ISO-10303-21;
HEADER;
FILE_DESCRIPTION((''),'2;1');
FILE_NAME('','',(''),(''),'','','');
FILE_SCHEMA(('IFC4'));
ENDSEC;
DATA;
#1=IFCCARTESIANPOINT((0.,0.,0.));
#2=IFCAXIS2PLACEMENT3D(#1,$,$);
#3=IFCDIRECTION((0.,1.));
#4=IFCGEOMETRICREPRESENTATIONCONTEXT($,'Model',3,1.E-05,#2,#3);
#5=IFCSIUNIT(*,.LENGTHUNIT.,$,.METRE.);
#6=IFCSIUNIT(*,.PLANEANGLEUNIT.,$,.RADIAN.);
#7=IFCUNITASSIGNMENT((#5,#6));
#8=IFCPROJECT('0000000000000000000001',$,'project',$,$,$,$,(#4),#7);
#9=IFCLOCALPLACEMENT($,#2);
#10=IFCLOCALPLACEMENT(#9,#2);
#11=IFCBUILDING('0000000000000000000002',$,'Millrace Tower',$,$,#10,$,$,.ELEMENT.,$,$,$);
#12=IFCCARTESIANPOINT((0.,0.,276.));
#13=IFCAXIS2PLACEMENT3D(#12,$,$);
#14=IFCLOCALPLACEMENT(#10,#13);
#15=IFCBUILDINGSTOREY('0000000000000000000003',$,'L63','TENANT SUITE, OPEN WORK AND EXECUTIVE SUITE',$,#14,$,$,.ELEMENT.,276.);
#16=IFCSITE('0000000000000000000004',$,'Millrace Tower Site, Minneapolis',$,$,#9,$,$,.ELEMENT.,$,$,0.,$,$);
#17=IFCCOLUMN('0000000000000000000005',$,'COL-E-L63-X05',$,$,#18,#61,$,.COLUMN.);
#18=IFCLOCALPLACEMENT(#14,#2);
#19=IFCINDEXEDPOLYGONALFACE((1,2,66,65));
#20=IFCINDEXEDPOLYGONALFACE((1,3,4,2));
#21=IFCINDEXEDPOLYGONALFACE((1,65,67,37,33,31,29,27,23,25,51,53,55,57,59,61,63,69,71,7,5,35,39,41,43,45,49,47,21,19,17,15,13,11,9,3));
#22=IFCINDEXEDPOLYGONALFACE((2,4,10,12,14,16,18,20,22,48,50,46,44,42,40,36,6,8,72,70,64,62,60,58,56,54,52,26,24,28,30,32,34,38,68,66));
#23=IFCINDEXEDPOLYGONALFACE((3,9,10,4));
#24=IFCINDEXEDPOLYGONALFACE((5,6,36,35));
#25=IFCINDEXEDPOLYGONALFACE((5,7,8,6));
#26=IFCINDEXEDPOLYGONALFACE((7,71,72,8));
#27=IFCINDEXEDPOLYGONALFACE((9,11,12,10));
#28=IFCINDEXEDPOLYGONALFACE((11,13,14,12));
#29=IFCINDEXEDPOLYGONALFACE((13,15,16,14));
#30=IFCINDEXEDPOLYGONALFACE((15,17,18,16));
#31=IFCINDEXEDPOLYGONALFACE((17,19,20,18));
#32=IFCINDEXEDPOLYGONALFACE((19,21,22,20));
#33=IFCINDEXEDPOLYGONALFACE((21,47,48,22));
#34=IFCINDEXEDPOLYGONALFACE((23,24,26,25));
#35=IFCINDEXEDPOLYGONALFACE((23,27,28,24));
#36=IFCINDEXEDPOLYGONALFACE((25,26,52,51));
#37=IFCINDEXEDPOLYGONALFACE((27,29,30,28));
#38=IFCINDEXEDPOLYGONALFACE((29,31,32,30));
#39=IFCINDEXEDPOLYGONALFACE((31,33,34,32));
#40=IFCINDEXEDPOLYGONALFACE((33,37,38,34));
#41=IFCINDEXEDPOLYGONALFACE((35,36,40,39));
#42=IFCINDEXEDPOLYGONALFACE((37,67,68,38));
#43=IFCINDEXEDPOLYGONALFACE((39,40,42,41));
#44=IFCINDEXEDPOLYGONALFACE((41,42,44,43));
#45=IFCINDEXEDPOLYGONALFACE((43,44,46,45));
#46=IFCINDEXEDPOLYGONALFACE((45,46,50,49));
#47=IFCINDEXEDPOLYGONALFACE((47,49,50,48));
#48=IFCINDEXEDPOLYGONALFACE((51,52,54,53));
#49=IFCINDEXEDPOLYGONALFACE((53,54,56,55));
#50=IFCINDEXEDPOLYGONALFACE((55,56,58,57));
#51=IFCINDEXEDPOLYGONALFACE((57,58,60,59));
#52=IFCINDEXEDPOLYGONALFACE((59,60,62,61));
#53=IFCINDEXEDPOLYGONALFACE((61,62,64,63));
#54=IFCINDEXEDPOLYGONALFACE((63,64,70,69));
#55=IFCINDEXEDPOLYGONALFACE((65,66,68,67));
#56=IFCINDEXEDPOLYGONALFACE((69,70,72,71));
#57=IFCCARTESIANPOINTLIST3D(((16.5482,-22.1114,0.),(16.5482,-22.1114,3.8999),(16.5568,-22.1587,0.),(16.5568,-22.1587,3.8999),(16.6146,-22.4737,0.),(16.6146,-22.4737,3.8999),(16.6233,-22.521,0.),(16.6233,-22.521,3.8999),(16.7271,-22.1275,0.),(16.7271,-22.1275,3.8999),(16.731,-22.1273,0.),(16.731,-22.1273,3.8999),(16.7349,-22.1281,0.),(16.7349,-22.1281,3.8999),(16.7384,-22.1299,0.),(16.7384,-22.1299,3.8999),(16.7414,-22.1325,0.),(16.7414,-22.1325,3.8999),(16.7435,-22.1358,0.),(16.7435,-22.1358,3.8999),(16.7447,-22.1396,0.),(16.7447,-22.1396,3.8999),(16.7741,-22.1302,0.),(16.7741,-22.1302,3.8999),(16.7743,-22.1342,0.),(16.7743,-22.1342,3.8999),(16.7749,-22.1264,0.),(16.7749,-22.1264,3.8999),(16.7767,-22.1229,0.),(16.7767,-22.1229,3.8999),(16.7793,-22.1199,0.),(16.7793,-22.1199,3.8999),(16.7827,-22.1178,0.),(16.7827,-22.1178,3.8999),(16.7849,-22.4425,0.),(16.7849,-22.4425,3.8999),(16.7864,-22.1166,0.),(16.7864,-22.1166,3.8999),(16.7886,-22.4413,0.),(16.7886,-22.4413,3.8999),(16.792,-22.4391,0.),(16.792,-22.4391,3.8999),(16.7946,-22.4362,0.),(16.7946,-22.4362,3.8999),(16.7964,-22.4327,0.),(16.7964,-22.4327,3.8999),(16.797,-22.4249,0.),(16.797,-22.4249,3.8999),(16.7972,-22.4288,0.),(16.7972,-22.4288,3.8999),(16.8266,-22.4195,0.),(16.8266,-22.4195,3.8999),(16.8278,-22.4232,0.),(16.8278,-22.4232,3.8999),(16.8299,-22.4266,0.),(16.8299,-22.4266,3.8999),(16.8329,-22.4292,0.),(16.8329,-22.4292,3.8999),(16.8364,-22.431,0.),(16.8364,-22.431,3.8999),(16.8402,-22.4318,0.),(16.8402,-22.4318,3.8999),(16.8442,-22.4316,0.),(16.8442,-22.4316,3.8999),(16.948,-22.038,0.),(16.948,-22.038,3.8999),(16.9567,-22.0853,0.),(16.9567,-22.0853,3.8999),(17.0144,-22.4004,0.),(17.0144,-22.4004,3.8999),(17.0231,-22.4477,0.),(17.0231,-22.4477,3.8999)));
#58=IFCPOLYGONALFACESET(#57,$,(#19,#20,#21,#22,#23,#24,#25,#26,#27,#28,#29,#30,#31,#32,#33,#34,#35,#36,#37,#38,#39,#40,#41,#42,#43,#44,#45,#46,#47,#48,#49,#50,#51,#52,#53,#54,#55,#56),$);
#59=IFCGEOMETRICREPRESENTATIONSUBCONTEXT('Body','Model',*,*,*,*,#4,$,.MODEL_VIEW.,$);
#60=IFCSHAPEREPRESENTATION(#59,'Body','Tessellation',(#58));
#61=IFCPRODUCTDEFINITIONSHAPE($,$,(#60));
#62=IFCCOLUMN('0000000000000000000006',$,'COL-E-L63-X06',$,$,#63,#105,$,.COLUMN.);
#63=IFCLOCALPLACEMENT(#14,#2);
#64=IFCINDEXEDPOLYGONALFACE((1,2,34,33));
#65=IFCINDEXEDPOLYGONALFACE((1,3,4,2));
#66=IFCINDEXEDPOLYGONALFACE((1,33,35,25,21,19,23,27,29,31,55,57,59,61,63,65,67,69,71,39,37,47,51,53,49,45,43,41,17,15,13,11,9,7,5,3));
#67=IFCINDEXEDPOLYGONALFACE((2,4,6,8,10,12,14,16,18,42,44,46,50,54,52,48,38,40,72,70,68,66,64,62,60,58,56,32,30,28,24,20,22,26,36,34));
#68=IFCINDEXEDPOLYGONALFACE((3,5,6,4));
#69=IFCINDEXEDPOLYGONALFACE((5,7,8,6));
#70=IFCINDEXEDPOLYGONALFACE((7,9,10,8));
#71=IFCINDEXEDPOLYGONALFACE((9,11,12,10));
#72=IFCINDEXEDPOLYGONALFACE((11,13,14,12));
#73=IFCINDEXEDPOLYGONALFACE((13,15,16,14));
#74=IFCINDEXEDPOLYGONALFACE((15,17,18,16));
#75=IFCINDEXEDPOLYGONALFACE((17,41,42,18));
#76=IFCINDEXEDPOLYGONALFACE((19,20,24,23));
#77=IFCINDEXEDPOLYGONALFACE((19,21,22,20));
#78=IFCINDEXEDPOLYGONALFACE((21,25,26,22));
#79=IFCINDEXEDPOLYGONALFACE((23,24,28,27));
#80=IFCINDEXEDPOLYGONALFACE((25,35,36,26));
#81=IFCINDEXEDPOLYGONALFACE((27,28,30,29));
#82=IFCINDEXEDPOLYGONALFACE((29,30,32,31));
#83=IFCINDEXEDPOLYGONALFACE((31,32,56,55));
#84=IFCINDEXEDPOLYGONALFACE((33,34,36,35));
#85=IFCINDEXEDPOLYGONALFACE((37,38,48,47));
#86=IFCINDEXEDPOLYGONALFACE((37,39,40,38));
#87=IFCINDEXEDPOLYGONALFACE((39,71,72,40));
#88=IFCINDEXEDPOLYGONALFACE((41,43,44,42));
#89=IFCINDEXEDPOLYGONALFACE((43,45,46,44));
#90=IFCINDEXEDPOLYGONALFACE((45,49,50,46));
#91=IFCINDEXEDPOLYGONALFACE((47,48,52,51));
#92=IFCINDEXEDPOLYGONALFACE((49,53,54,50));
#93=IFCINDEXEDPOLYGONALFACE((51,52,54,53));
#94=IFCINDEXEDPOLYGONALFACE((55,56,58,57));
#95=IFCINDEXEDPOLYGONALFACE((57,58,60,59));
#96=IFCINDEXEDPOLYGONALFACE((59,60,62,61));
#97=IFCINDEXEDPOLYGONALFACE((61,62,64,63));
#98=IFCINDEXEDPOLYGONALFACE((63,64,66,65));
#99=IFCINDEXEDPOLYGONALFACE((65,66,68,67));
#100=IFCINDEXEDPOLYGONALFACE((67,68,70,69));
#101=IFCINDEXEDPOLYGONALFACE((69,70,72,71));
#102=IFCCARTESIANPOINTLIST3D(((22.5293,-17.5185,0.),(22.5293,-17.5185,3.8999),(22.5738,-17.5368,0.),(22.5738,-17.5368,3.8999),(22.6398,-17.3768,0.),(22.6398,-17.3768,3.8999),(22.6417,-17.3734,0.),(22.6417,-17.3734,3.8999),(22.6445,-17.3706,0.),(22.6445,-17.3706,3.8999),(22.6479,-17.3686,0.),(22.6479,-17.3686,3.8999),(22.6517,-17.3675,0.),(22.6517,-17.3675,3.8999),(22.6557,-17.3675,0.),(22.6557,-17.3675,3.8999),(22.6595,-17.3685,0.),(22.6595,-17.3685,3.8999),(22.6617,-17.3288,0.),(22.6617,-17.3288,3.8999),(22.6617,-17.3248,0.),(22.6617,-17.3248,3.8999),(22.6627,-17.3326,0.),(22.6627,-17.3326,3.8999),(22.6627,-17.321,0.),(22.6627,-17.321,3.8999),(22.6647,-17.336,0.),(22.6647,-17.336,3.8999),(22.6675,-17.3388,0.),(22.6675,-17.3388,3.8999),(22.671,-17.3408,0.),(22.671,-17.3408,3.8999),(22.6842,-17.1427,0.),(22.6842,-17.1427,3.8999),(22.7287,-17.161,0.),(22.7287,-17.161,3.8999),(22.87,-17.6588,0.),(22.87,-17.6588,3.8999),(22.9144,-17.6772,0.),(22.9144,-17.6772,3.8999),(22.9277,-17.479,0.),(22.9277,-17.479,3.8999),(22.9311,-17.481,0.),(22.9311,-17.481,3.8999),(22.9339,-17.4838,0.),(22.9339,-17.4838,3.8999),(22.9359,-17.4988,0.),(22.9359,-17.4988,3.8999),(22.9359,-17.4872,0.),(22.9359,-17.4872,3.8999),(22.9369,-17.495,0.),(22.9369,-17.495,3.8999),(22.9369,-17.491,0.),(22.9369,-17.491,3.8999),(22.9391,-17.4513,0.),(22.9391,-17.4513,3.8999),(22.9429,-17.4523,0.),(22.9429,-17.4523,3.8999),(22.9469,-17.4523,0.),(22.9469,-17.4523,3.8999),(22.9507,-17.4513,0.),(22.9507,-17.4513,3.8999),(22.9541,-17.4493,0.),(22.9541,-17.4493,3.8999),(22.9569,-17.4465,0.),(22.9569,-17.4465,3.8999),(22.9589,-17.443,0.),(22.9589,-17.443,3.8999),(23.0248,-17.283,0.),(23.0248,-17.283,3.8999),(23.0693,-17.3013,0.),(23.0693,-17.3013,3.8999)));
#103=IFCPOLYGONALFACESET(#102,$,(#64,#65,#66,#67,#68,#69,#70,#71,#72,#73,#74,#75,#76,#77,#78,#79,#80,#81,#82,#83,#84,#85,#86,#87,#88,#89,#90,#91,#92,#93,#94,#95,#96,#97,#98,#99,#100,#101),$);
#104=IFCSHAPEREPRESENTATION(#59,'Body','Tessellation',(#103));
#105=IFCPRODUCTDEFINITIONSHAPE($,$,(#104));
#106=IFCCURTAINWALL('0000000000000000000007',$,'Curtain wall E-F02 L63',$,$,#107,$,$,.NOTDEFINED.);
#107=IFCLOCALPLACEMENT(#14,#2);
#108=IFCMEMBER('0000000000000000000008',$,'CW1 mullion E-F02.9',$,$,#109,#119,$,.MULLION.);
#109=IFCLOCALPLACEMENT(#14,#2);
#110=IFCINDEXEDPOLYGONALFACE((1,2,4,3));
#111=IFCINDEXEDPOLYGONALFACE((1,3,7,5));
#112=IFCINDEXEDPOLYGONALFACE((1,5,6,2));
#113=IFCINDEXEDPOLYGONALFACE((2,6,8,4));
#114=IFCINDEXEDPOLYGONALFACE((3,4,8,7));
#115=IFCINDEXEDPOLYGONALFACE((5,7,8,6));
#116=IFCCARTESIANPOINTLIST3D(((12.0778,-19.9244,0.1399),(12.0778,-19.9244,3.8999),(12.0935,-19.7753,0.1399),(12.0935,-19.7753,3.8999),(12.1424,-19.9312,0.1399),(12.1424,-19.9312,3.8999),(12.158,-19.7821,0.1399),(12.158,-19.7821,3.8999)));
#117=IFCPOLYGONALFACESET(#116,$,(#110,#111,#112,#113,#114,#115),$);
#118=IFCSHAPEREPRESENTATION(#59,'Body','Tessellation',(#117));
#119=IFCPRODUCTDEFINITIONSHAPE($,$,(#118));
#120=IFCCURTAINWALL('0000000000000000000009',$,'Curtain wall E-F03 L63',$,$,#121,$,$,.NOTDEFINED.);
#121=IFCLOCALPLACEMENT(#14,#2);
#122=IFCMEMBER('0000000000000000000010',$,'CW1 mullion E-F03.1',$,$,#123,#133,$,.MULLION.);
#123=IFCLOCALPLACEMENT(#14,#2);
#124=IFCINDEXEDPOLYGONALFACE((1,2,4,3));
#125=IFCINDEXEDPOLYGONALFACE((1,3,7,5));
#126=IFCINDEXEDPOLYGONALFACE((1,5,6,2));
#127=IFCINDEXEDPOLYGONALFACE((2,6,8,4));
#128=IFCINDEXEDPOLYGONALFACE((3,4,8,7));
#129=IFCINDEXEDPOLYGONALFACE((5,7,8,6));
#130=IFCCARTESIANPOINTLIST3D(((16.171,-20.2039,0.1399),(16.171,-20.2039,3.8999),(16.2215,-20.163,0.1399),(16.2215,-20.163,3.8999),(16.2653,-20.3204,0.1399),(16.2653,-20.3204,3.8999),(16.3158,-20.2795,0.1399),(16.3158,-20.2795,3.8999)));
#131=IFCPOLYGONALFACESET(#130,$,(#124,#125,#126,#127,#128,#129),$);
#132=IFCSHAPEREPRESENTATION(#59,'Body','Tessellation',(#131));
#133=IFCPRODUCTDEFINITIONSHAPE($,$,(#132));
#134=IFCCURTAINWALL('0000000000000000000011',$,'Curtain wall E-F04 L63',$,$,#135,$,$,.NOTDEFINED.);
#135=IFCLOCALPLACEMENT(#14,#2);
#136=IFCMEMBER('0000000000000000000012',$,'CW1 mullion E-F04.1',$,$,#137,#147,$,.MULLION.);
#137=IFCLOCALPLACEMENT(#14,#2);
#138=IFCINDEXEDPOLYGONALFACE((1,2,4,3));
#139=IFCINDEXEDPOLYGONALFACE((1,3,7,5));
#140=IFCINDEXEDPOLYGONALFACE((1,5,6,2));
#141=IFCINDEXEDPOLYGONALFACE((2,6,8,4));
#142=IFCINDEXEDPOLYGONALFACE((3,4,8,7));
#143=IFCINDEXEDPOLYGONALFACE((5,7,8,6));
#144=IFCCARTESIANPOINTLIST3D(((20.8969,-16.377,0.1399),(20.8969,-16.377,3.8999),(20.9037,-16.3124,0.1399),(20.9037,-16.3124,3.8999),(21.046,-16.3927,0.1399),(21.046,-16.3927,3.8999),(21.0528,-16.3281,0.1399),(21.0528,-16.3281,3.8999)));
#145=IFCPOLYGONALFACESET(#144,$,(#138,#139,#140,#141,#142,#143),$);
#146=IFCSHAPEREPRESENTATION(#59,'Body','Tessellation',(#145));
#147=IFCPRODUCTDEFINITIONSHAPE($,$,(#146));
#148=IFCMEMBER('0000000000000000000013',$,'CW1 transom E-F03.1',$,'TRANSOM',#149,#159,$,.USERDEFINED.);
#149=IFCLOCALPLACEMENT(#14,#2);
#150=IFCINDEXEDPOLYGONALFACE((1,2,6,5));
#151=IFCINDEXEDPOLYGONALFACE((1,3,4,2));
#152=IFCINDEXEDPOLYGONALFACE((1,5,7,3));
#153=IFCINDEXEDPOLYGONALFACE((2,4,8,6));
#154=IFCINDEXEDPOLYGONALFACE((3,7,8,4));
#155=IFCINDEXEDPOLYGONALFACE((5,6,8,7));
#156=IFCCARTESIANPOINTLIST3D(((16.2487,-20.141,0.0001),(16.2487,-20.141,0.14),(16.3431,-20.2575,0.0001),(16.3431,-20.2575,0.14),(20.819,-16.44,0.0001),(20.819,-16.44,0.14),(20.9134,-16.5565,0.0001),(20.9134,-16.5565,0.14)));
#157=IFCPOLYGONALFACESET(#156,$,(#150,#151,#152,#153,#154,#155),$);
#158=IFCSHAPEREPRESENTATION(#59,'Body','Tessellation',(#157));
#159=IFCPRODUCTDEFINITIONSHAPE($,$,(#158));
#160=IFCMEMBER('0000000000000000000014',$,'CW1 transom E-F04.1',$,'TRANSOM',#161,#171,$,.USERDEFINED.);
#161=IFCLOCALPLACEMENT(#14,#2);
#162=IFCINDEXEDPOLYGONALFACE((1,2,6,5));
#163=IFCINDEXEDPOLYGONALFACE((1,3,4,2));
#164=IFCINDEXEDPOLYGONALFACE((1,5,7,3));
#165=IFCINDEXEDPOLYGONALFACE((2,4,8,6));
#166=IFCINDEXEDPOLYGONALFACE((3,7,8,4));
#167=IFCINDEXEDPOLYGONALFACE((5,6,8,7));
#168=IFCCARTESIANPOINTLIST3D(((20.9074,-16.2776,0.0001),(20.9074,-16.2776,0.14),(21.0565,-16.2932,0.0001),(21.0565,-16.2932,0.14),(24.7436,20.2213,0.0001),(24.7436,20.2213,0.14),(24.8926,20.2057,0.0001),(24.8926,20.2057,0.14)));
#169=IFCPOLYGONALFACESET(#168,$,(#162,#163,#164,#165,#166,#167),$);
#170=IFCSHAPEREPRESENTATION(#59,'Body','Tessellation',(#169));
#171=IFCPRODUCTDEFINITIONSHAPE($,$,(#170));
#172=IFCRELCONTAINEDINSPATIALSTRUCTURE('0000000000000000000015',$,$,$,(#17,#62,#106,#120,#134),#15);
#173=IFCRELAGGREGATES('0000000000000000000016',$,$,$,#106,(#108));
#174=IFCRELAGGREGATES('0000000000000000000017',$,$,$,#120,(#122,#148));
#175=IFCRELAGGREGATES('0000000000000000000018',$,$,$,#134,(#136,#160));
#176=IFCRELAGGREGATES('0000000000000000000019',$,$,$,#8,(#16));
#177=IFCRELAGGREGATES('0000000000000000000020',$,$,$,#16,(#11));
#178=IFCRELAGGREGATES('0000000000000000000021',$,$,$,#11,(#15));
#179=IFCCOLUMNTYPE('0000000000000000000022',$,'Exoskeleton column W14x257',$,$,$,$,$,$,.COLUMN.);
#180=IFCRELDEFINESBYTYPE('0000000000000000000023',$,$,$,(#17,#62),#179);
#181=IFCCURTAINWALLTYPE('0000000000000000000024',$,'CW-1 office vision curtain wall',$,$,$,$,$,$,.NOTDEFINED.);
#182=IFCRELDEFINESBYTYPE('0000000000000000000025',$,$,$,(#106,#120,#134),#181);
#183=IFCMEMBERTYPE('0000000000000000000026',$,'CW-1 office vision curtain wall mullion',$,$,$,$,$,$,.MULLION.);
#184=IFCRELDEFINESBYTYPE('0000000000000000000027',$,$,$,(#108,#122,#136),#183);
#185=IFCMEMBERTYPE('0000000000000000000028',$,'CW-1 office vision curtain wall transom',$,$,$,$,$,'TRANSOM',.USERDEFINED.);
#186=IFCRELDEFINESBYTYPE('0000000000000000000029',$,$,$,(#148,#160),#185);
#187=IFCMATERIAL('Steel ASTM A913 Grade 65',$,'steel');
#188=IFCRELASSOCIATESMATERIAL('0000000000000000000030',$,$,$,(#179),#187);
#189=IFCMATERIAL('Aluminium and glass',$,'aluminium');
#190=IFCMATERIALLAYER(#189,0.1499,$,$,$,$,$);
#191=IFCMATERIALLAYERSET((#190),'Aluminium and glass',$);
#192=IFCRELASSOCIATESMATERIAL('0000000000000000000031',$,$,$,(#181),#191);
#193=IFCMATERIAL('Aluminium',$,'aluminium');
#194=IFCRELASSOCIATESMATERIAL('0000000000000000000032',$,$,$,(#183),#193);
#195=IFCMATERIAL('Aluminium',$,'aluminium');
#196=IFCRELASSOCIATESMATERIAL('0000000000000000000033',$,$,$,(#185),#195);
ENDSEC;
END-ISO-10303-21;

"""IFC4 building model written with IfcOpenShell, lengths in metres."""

from ifc_helpers import new_model, si_unit, direction, frame, origin, origin_2d, place, context, subcontext, project, spatial, rectangle, i_section, extrude, material, layer, layer_set, material_profile, profile_set, type_object, element, aggregate, save


model = new_model("IFC4")

# Units and contexts
model_context = context("Model", 3, precision=1e-05, world=origin(), true_north=direction((0.0, 1.0)))
body_context = subcontext(model_context, "Body", "Model", "MODEL_VIEW")
ifc_project = project(units=[si_unit("LENGTHUNIT", "METRE"), si_unit("PLANEANGLEUNIT", "RADIAN")], contexts=[model_context])

# Site, building, storey
site_placement = place(None, origin())
site = spatial("IfcSite", under=ifc_project, at=site_placement, Name="Millrace Tower Site, Minneapolis", CompositionType="ELEMENT", RefElevation=0.0)
building_placement = place(site_placement, origin())
building = spatial("IfcBuilding", under=site, at=building_placement, Name="Millrace Tower", CompositionType="ELEMENT")
storey_placement = place(building_placement, frame((0.0, 0.0, 276.0)))
storey = spatial("IfcBuildingStorey", under=building, at=storey_placement, Name="L63", Description="TENANT SUITE, OPEN WORK AND EXECUTIVE SUITE", CompositionType="ELEMENT", Elevation=276.0)

# Columns
ifc_material_1 = material(Name="Steel ASTM A913 Grade 65", Category="steel")
ifc_material_profile_1 = material_profile(ifc_material_1, i_section(OverallWidth=0.4065, OverallDepth=0.4165, WebThickness=0.03, FlangeThickness=0.0481, FilletRadius=0.0151, at=origin_2d()))
ifc_profile_set_1 = profile_set([ifc_material_profile_1], Name="Steel ASTM A913 Grade 65")
column_type = type_object("IfcColumnType", Name="Exoskeleton column W14x257", PredefinedType="COLUMN", material=ifc_profile_set_1)
for number, where, z_axis, x_axis, name in (
    (1, (16.7856, -22.2795, 0.0), (0.0, 0.0, 1.0), (0.983596, 0.180387, 0.0), "COL-E-L63-X05"),
    (2, (22.7993, -17.4099, 0.0), (0.0, 0.0, 1.0), (0.380947, 0.924597, 0.0), "COL-E-L63-X06"),
):
    element("IfcColumn", number, at=place(storey_placement, frame(where, z_axis=z_axis, x_axis=x_axis)), inside=storey, type_object=column_type, Name=name, PredefinedType="COLUMN", context=body_context, shape_type="SweptSolid", body=[
        extrude(i_section(OverallWidth=0.4065, OverallDepth=0.4165, WebThickness=0.03, FlangeThickness=0.0481, FilletRadius=0.0151, at=origin_2d()), origin(), (0.0, 0.0, 1.0), 3.8999),
    ])

# Curtain walls, members
ifc_material_2 = material(Name="Aluminium and glass", Category="aluminium")
ifc_layer_1 = layer(ifc_material_2, 0.1499)
ifc_layer_set_1 = layer_set([ifc_layer_1], Name="Aluminium and glass")
curtain_wall_type = type_object("IfcCurtainWallType", Name="CW-1 office vision curtain wall", PredefinedType="NOTDEFINED", material=ifc_layer_set_1)
placement = place(storey_placement, origin())
curtain_wall_1 = element("IfcCurtainWall", 3, at=placement, inside=storey, type_object=curtain_wall_type, Name="Curtain wall E-F02 L63", PredefinedType="NOTDEFINED")
ifc_material_3 = material(Name="Aluminium", Category="aluminium")
ifc_material_profile_2 = material_profile(ifc_material_3, rectangle(XDim=0.0649, YDim=0.1499, at=origin_2d()))
ifc_profile_set_2 = profile_set([ifc_material_profile_2], Name="Aluminium")
member_type_1 = type_object("IfcMemberType", Name="CW-1 office vision curtain wall mullion", PredefinedType="MULLION", material=ifc_profile_set_2)
member_1_placement = place(storey_placement, frame((12.1179, -19.8533, 0.1399), z_axis=(0.0, 0.0, 1.0), x_axis=(0.994522, -0.104528, 0.0)))
member_1 = element("IfcMember", 4, at=member_1_placement, type_object=member_type_1, Name="CW1 mullion E-F02.9", PredefinedType="MULLION", context=body_context, shape_type="SweptSolid", body=[
    extrude(rectangle(XDim=0.0649, YDim=0.1499, at=origin_2d()), origin(), (0.0, 0.0, 1.0), 3.76),
])
aggregate(curtain_wall_1, [member_1])
curtain_wall_2 = element("IfcCurtainWall", 5, at=placement, inside=storey, type_object=curtain_wall_type, Name="Curtain wall E-F03 L63", PredefinedType="NOTDEFINED")
member_2_placement = place(storey_placement, frame((16.2434, -20.2417, 0.1399), z_axis=(0.0, 0.0, 1.0), x_axis=(0.777146, 0.62932, 0.0)))
member_2 = element("IfcMember", 6, at=member_2_placement, type_object=member_type_1, Name="CW1 mullion E-F03.1", PredefinedType="MULLION", context=body_context, shape_type="SweptSolid", body=[
    extrude(rectangle(XDim=0.0649, YDim=0.1499, at=origin_2d()), origin(), (0.0, 0.0, 1.0), 3.76),
])
curtain_wall_3 = element("IfcCurtainWall", 7, at=placement, inside=storey, type_object=curtain_wall_type, Name="Curtain wall E-F04 L63", PredefinedType="NOTDEFINED")
member_3_placement = place(storey_placement, frame((20.9749, -16.3525, 0.1399), z_axis=(0.0, 0.0, 1.0), x_axis=(0.104528, 0.994522, 0.0)))
member_3 = element("IfcMember", 8, at=member_3_placement, type_object=member_type_1, Name="CW1 mullion E-F04.1", PredefinedType="MULLION", context=body_context, shape_type="SweptSolid", body=[
    extrude(rectangle(XDim=0.0649, YDim=0.1499, at=origin_2d()), origin(), (0.0, 0.0, 1.0), 3.76),
])

# Members
ifc_material_4 = material(Name="Aluminium", Category="aluminium")
ifc_material_profile_3 = material_profile(ifc_material_4, rectangle(XDim=0.1499, YDim=0.1399, at=origin_2d()))
ifc_profile_set_3 = profile_set([ifc_material_profile_3], Name="Aluminium")
member_type_2 = type_object("IfcMemberType", Name="CW-1 office vision curtain wall transom", ElementType="TRANSOM", PredefinedType="USERDEFINED", material=ifc_profile_set_3)
member_4_placement = place(storey_placement, frame((16.2959, -20.1992, 0.0701), z_axis=(0.777149, 0.629316, 0.0), x_axis=(-0.629316, 0.777149, 0.0)))
member_4 = element("IfcMember", 9, at=member_4_placement, type_object=member_type_2, Name="CW1 transom E-F03.1", ObjectType="TRANSOM", PredefinedType="USERDEFINED", context=body_context, shape_type="SweptSolid", body=[
    extrude(rectangle(XDim=0.1499, YDim=0.1399, at=origin_2d()), origin(), (0.0, 0.0, 1.0), 5.8809),
])
aggregate(curtain_wall_2, [member_2, member_4])
member_5_placement = place(storey_placement, frame((20.9819, -16.2854, 0.0701), z_axis=(0.104528, 0.994522, 0.0), x_axis=(-0.994522, 0.104528, 0.0)))
member_5 = element("IfcMember", 10, at=member_5_placement, type_object=member_type_2, Name="CW1 transom E-F04.1", ObjectType="TRANSOM", PredefinedType="USERDEFINED", context=body_context, shape_type="SweptSolid", body=[
    extrude(rectangle(XDim=0.1499, YDim=0.1399, at=origin_2d()), origin(), (0.0, 0.0, 1.0), 36.7),
])
aggregate(curtain_wall_3, [member_3, member_5])

save(model, "model.ifc")
